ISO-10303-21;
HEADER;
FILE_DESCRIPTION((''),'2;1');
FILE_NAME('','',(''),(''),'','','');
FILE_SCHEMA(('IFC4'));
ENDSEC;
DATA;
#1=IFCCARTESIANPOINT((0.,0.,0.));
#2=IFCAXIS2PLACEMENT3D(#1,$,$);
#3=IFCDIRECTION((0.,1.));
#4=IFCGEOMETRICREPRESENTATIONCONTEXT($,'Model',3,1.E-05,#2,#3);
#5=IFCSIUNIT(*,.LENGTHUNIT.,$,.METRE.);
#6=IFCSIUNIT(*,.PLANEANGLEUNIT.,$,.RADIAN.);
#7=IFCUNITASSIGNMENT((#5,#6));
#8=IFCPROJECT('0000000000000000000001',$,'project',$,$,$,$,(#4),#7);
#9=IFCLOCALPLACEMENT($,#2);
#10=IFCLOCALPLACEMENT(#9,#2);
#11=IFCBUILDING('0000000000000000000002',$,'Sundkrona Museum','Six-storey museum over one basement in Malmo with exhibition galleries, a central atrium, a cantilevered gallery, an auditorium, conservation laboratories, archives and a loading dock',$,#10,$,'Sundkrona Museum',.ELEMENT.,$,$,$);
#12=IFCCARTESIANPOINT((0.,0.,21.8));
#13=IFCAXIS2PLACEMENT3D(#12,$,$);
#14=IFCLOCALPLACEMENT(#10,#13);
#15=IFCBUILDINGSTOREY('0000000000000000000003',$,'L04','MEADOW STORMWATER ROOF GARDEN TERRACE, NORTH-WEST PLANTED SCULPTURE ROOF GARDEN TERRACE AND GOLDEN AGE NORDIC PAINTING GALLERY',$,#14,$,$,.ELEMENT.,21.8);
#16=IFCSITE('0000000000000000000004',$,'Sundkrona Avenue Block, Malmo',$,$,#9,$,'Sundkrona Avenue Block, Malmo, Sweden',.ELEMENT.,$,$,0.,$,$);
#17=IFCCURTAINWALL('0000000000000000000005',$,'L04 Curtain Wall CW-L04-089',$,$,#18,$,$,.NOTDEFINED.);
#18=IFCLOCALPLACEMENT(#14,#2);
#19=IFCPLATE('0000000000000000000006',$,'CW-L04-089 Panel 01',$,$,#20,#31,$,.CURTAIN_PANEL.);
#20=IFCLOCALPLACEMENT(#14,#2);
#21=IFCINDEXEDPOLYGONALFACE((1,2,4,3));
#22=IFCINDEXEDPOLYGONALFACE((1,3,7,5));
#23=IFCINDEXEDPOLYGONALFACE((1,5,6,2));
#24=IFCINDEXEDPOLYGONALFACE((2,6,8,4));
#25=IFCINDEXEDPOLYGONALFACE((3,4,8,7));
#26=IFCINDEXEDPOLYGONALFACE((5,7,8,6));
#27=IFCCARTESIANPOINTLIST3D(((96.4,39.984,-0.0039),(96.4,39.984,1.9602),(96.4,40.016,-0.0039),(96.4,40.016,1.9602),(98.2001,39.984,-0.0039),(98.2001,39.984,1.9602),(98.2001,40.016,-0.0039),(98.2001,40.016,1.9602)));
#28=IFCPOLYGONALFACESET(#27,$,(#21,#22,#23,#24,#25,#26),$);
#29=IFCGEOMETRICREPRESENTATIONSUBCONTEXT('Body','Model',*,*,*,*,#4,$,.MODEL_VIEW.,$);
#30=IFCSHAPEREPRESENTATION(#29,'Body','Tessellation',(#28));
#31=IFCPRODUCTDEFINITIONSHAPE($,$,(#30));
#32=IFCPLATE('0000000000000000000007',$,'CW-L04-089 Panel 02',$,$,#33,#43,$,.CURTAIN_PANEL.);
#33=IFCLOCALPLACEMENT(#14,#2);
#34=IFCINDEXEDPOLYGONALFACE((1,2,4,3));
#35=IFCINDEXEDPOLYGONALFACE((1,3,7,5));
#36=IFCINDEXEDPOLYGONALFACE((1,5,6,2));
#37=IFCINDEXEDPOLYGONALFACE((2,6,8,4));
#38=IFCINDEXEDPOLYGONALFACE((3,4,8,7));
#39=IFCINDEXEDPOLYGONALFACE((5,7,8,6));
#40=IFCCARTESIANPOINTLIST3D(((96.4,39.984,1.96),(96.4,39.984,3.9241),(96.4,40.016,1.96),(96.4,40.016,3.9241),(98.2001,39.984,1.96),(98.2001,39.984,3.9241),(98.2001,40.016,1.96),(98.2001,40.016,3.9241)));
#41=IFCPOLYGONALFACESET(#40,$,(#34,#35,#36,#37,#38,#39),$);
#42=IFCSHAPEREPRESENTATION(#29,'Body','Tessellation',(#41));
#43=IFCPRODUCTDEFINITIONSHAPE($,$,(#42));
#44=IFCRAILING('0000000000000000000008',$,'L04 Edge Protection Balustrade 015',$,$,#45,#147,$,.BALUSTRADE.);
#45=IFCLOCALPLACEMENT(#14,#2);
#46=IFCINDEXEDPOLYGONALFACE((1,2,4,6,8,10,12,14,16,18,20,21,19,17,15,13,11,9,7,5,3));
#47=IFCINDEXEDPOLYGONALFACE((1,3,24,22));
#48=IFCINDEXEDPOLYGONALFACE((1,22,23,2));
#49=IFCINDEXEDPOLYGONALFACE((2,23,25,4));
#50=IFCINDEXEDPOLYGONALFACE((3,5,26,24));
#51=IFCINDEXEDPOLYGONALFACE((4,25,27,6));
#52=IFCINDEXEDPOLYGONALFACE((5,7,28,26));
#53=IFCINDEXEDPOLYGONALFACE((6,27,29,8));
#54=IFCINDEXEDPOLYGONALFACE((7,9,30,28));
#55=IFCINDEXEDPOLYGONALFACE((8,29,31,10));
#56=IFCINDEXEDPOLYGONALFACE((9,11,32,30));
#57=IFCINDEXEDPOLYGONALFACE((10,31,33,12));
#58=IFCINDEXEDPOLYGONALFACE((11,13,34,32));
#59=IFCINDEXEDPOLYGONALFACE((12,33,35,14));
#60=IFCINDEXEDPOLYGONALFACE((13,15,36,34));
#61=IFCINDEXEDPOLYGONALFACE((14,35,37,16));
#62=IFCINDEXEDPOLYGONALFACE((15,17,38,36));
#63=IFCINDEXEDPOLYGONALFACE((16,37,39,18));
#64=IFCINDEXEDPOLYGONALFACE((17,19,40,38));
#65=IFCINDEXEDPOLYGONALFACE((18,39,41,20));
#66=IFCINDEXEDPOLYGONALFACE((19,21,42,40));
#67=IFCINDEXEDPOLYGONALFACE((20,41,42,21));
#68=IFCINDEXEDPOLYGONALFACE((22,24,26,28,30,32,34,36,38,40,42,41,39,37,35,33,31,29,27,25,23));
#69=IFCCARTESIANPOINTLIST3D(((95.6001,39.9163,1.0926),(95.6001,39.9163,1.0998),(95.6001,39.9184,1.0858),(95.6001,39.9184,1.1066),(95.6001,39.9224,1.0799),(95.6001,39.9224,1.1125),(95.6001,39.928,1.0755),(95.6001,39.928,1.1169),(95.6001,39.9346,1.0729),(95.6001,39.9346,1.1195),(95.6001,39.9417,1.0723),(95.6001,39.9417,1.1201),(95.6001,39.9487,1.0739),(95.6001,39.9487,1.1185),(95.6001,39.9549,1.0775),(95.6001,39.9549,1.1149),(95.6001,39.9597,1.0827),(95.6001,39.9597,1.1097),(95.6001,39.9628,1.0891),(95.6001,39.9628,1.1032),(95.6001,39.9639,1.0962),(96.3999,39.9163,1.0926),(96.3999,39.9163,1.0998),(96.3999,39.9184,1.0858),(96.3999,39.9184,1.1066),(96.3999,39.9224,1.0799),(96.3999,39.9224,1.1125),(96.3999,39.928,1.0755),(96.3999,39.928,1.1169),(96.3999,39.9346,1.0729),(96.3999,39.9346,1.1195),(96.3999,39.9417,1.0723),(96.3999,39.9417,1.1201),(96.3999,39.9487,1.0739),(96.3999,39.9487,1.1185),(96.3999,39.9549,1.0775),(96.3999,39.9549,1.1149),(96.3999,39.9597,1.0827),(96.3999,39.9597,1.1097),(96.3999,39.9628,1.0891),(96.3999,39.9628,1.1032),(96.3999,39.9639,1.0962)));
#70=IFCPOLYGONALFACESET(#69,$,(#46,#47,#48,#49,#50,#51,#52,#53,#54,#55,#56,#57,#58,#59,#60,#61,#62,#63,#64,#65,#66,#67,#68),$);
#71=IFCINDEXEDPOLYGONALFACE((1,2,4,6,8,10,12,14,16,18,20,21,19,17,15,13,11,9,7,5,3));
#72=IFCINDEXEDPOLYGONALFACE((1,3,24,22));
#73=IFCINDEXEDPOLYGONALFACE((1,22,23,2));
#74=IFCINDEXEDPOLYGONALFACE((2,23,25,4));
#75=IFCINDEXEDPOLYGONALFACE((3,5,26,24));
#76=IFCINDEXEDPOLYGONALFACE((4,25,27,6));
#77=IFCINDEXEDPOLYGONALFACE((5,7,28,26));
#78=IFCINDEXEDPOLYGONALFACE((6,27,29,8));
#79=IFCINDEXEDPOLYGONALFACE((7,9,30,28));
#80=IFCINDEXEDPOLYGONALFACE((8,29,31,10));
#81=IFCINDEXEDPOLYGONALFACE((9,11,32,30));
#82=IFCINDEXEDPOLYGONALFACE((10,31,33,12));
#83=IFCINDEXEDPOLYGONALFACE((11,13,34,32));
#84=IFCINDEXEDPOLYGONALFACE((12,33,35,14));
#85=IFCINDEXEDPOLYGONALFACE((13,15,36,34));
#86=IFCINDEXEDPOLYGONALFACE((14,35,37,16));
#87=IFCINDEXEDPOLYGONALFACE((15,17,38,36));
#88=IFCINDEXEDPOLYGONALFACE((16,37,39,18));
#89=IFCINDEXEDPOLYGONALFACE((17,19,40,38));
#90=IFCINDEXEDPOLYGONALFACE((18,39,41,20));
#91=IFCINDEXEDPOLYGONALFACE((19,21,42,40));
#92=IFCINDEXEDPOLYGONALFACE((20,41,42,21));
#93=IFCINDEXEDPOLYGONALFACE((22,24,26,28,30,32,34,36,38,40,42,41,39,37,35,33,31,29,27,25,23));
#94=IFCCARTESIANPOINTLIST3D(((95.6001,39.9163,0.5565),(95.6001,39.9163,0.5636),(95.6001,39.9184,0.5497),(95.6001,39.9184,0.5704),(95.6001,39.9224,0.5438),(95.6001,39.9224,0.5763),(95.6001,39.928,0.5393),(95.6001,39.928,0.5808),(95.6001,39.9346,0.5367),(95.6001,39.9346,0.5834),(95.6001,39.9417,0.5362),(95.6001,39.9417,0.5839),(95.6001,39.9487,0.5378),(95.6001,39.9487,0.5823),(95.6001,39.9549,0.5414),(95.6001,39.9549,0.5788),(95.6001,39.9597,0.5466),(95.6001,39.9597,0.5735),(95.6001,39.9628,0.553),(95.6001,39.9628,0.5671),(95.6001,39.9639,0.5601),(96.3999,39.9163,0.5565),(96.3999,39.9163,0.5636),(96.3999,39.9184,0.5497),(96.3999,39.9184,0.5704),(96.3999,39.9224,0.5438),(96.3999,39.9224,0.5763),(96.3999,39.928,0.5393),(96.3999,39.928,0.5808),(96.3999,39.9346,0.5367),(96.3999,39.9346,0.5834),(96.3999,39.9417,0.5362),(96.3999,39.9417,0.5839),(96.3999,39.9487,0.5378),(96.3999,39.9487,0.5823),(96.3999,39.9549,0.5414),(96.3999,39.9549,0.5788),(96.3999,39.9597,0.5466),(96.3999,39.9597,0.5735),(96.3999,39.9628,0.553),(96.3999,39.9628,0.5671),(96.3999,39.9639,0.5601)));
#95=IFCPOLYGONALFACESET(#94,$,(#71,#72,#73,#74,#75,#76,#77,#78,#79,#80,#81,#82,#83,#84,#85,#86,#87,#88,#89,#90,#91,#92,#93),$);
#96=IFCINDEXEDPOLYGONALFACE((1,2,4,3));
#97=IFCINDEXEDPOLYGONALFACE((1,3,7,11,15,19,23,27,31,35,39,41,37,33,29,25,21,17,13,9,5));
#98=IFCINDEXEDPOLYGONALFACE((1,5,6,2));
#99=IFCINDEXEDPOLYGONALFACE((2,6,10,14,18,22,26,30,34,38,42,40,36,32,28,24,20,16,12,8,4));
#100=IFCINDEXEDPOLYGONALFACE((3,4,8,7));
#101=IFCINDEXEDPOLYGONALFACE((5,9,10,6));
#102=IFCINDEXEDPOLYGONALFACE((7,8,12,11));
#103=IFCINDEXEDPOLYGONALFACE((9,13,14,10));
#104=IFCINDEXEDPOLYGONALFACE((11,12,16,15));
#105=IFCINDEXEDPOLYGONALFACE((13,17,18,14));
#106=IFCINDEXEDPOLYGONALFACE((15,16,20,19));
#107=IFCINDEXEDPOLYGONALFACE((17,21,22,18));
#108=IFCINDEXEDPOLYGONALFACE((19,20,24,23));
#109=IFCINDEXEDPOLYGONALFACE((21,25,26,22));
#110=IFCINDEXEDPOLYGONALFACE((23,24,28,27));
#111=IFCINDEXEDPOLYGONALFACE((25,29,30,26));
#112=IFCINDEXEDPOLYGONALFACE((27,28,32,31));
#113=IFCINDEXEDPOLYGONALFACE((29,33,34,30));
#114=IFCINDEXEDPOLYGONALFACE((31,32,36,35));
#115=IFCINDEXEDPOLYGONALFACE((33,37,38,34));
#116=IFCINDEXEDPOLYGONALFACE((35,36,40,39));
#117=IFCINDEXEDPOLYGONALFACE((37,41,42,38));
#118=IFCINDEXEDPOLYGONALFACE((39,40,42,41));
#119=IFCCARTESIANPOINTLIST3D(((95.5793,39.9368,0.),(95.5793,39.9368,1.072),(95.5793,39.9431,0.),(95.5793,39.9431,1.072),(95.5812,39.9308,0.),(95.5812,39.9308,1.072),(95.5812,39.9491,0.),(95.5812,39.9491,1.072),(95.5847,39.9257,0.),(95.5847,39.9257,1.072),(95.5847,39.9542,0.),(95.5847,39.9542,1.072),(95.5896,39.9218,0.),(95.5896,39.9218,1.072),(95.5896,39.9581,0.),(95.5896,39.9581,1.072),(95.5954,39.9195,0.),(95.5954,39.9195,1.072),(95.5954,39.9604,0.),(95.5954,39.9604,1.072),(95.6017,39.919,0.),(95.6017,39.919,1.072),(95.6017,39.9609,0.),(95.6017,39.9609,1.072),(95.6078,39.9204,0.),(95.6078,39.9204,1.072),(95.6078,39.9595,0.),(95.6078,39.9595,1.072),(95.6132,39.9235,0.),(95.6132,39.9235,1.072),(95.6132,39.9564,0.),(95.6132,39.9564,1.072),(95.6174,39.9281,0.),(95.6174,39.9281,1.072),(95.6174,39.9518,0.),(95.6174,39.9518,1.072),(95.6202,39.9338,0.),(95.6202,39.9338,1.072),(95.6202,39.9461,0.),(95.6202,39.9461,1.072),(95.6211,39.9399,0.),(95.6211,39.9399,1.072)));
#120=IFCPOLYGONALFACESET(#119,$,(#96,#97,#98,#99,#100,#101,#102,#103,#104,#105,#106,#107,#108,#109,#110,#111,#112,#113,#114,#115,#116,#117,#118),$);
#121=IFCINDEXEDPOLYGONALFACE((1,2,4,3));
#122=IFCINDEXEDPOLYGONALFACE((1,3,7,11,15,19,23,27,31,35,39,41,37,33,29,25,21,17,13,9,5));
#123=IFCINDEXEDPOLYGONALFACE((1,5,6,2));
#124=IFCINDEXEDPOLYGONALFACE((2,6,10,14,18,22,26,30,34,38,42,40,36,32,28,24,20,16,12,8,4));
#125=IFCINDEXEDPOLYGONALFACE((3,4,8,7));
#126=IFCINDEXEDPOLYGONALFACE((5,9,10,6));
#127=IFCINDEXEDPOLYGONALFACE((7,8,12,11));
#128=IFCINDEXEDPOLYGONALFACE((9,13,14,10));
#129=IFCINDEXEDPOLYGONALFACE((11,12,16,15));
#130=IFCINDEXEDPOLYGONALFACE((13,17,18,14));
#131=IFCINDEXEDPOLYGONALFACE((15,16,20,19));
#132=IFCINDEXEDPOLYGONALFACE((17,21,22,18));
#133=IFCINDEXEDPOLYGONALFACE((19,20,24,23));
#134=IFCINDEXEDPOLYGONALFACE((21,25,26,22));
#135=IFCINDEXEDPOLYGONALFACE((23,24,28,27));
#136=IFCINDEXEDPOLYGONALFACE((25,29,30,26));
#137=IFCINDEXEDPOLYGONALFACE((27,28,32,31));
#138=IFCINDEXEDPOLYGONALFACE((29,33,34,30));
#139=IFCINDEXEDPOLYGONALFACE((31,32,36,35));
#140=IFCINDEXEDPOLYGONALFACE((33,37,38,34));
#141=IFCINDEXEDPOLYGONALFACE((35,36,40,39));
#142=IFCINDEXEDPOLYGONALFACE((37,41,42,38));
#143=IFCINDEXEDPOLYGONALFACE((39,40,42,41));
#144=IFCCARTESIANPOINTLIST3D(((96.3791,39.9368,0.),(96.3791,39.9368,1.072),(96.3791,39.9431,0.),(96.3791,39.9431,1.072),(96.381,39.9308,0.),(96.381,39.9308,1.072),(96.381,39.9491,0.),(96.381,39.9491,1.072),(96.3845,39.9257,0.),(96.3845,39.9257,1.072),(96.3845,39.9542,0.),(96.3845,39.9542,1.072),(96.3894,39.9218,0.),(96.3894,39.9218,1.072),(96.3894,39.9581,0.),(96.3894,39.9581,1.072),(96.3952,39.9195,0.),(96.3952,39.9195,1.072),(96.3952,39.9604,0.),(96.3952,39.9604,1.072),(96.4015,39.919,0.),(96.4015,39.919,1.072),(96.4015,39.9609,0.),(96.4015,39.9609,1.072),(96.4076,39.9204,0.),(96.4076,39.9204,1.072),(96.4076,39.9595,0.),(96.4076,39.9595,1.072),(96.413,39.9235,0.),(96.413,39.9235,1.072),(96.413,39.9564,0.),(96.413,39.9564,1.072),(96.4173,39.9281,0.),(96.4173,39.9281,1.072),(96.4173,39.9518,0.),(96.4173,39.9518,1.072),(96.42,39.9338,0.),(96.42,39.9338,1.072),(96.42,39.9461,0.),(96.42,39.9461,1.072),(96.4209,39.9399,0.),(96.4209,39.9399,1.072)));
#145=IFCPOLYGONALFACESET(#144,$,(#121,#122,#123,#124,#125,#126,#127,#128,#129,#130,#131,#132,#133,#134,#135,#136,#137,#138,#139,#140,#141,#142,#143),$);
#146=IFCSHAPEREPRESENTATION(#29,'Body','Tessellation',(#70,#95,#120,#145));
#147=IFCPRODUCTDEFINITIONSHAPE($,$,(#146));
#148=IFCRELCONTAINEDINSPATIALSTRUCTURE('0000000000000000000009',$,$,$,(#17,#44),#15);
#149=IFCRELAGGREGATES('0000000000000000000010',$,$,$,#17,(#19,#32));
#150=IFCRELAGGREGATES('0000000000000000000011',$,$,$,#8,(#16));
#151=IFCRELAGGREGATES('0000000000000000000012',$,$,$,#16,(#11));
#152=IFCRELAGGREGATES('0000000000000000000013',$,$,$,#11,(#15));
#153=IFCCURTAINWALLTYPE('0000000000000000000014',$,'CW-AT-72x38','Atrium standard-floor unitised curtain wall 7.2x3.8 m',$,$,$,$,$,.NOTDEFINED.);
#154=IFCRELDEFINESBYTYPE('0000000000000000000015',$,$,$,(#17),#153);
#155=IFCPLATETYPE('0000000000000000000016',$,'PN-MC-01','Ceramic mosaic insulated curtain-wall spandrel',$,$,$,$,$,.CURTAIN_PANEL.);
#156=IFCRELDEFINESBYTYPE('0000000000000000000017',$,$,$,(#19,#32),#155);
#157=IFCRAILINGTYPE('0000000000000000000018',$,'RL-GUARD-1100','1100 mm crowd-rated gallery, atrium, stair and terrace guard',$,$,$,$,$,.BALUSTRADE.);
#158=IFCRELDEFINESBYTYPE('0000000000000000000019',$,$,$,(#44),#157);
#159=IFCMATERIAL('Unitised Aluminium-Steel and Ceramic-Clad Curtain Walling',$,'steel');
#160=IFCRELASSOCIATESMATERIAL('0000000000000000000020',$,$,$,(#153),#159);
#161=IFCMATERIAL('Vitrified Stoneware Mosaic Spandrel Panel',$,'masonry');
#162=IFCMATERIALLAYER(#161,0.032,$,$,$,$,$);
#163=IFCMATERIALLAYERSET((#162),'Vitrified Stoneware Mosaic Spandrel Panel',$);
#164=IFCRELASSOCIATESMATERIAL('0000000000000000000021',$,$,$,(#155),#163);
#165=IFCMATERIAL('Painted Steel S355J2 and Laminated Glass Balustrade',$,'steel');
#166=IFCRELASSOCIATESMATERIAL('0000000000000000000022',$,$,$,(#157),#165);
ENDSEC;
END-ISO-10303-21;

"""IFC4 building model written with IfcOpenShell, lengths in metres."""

from ifc_helpers import new_model, si_unit, direction, frame, origin, origin_2d, place, context, subcontext, project, spatial, rectangle, circle, extrude, material, layer, layer_set, type_object, element, aggregate, save


model = new_model("IFC4")

# Units and contexts
model_context = context("Model", 3, precision=1e-05, world=origin(), true_north=direction((0.0, 1.0)))
body_context = subcontext(model_context, "Body", "Model", "MODEL_VIEW")
ifc_project = project(units=[si_unit("LENGTHUNIT", "METRE"), si_unit("PLANEANGLEUNIT", "RADIAN")], contexts=[model_context])

# Site, building, storey
site_placement = place(None, origin())
site = spatial("IfcSite", under=ifc_project, at=site_placement, Name="Sundkrona Avenue Block, Malmo", LongName="Sundkrona Avenue Block, Malmo, Sweden", CompositionType="ELEMENT", RefElevation=0.0)
building_placement = place(site_placement, origin())
building = spatial("IfcBuilding", under=site, at=building_placement, Name="Sundkrona Museum", Description="Six-storey museum over one basement in Malmo with exhibition galleries, a central atrium, a cantilevered gallery, an auditorium, conservation laboratories, archives and a loading dock", LongName="Sundkrona Museum", CompositionType="ELEMENT")
storey_placement = place(building_placement, frame((0.0, 0.0, 21.8)))
storey = spatial("IfcBuildingStorey", under=building, at=storey_placement, Name="L04", Description="MEADOW STORMWATER ROOF GARDEN TERRACE, NORTH-WEST PLANTED SCULPTURE ROOF GARDEN TERRACE AND GOLDEN AGE NORDIC PAINTING GALLERY", CompositionType="ELEMENT", Elevation=21.8)

# Curtain wall
ifc_material_1 = material(Name="Unitised Aluminium-Steel and Ceramic-Clad Curtain Walling", Category="steel")
curtain_wall_type = type_object("IfcCurtainWallType", Name="CW-AT-72x38", Description="Atrium standard-floor unitised curtain wall 7.2x3.8 m", PredefinedType="NOTDEFINED", material=ifc_material_1)
curtain_wall_1_placement = place(storey_placement, origin())
curtain_wall_1 = element("IfcCurtainWall", 1, at=curtain_wall_1_placement, inside=storey, type_object=curtain_wall_type, Name="L04 Curtain Wall CW-L04-089", PredefinedType="NOTDEFINED")

# Plates
ifc_material_2 = material(Name="Vitrified Stoneware Mosaic Spandrel Panel", Category="masonry")
ifc_layer = layer(ifc_material_2, 0.032)
ifc_layer_set = layer_set([ifc_layer], Name="Vitrified Stoneware Mosaic Spandrel Panel")
plate_type = type_object("IfcPlateType", Name="PN-MC-01", Description="Ceramic mosaic insulated curtain-wall spandrel", PredefinedType="CURTAIN_PANEL", material=ifc_layer_set)
plate_1_placement = place(storey_placement, frame((97.3, 40.0, -0.0039), z_axis=(0.0, 0.0, 1.0), x_axis=(1.0, 0.0, 0.0)))
plate_1 = element("IfcPlate", 2, at=plate_1_placement, type_object=plate_type, Name="CW-L04-089 Panel 01", PredefinedType="CURTAIN_PANEL", context=body_context, shape_type="SweptSolid", body=[
    extrude(rectangle(XDim=1.8, YDim=0.032, at=origin_2d()), origin(), (0.0, 0.0, 1.0), 1.9641),
])
plate_2_placement = place(storey_placement, frame((97.3, 40.0, 1.96), z_axis=(0.0, 0.0, 1.0), x_axis=(1.0, 0.0, 0.0)))
plate_2 = element("IfcPlate", 3, at=plate_2_placement, type_object=plate_type, Name="CW-L04-089 Panel 02", PredefinedType="CURTAIN_PANEL", context=body_context, shape_type="SweptSolid", body=[
    extrude(rectangle(XDim=1.8, YDim=0.032, at=origin_2d()), origin(), (0.0, 0.0, 1.0), 1.9641),
])
aggregate(curtain_wall_1, [plate_1, plate_2])

# Railing
ifc_material_3 = material(Name="Painted Steel S355J2 and Laminated Glass Balustrade", Category="steel")
railing_type = type_object("IfcRailingType", Name="RL-GUARD-1100", Description="1100 mm crowd-rated gallery, atrium, stair and terrace guard", PredefinedType="BALUSTRADE", material=ifc_material_3)
railing_placement = place(storey_placement, frame((95.6001, 39.9399, 0.0)))
element("IfcRailing", 4, at=railing_placement, inside=storey, type_object=railing_type, Name="L04 Edge Protection Balustrade 015", PredefinedType="BALUSTRADE", context=body_context, shape_type="SweptSolid", body=[
    extrude(circle(Radius=0.0239, at=origin_2d()), frame((0.0, 0.0, 1.0962), z_axis=(1.0, 0.0, 0.0), x_axis=(0.0, 1.0, 0.0)), (0.0, 0.0, 1.0), 0.7998),
    extrude(circle(Radius=0.0239, at=origin_2d()), frame((0.0, 0.0, 0.5601), z_axis=(1.0, 0.0, 0.0), x_axis=(0.0, 1.0, 0.0)), (0.0, 0.0, 1.0), 0.7998),
    extrude(circle(Radius=0.021, at=origin_2d()), origin(), (0.0, 0.0, 1.0), 1.072),
    extrude(circle(Radius=0.021, at=origin_2d()), frame((0.7998, 0.0, 0.0)), (0.0, 0.0, 1.0), 1.072),
])

save(model, "model.ifc")
